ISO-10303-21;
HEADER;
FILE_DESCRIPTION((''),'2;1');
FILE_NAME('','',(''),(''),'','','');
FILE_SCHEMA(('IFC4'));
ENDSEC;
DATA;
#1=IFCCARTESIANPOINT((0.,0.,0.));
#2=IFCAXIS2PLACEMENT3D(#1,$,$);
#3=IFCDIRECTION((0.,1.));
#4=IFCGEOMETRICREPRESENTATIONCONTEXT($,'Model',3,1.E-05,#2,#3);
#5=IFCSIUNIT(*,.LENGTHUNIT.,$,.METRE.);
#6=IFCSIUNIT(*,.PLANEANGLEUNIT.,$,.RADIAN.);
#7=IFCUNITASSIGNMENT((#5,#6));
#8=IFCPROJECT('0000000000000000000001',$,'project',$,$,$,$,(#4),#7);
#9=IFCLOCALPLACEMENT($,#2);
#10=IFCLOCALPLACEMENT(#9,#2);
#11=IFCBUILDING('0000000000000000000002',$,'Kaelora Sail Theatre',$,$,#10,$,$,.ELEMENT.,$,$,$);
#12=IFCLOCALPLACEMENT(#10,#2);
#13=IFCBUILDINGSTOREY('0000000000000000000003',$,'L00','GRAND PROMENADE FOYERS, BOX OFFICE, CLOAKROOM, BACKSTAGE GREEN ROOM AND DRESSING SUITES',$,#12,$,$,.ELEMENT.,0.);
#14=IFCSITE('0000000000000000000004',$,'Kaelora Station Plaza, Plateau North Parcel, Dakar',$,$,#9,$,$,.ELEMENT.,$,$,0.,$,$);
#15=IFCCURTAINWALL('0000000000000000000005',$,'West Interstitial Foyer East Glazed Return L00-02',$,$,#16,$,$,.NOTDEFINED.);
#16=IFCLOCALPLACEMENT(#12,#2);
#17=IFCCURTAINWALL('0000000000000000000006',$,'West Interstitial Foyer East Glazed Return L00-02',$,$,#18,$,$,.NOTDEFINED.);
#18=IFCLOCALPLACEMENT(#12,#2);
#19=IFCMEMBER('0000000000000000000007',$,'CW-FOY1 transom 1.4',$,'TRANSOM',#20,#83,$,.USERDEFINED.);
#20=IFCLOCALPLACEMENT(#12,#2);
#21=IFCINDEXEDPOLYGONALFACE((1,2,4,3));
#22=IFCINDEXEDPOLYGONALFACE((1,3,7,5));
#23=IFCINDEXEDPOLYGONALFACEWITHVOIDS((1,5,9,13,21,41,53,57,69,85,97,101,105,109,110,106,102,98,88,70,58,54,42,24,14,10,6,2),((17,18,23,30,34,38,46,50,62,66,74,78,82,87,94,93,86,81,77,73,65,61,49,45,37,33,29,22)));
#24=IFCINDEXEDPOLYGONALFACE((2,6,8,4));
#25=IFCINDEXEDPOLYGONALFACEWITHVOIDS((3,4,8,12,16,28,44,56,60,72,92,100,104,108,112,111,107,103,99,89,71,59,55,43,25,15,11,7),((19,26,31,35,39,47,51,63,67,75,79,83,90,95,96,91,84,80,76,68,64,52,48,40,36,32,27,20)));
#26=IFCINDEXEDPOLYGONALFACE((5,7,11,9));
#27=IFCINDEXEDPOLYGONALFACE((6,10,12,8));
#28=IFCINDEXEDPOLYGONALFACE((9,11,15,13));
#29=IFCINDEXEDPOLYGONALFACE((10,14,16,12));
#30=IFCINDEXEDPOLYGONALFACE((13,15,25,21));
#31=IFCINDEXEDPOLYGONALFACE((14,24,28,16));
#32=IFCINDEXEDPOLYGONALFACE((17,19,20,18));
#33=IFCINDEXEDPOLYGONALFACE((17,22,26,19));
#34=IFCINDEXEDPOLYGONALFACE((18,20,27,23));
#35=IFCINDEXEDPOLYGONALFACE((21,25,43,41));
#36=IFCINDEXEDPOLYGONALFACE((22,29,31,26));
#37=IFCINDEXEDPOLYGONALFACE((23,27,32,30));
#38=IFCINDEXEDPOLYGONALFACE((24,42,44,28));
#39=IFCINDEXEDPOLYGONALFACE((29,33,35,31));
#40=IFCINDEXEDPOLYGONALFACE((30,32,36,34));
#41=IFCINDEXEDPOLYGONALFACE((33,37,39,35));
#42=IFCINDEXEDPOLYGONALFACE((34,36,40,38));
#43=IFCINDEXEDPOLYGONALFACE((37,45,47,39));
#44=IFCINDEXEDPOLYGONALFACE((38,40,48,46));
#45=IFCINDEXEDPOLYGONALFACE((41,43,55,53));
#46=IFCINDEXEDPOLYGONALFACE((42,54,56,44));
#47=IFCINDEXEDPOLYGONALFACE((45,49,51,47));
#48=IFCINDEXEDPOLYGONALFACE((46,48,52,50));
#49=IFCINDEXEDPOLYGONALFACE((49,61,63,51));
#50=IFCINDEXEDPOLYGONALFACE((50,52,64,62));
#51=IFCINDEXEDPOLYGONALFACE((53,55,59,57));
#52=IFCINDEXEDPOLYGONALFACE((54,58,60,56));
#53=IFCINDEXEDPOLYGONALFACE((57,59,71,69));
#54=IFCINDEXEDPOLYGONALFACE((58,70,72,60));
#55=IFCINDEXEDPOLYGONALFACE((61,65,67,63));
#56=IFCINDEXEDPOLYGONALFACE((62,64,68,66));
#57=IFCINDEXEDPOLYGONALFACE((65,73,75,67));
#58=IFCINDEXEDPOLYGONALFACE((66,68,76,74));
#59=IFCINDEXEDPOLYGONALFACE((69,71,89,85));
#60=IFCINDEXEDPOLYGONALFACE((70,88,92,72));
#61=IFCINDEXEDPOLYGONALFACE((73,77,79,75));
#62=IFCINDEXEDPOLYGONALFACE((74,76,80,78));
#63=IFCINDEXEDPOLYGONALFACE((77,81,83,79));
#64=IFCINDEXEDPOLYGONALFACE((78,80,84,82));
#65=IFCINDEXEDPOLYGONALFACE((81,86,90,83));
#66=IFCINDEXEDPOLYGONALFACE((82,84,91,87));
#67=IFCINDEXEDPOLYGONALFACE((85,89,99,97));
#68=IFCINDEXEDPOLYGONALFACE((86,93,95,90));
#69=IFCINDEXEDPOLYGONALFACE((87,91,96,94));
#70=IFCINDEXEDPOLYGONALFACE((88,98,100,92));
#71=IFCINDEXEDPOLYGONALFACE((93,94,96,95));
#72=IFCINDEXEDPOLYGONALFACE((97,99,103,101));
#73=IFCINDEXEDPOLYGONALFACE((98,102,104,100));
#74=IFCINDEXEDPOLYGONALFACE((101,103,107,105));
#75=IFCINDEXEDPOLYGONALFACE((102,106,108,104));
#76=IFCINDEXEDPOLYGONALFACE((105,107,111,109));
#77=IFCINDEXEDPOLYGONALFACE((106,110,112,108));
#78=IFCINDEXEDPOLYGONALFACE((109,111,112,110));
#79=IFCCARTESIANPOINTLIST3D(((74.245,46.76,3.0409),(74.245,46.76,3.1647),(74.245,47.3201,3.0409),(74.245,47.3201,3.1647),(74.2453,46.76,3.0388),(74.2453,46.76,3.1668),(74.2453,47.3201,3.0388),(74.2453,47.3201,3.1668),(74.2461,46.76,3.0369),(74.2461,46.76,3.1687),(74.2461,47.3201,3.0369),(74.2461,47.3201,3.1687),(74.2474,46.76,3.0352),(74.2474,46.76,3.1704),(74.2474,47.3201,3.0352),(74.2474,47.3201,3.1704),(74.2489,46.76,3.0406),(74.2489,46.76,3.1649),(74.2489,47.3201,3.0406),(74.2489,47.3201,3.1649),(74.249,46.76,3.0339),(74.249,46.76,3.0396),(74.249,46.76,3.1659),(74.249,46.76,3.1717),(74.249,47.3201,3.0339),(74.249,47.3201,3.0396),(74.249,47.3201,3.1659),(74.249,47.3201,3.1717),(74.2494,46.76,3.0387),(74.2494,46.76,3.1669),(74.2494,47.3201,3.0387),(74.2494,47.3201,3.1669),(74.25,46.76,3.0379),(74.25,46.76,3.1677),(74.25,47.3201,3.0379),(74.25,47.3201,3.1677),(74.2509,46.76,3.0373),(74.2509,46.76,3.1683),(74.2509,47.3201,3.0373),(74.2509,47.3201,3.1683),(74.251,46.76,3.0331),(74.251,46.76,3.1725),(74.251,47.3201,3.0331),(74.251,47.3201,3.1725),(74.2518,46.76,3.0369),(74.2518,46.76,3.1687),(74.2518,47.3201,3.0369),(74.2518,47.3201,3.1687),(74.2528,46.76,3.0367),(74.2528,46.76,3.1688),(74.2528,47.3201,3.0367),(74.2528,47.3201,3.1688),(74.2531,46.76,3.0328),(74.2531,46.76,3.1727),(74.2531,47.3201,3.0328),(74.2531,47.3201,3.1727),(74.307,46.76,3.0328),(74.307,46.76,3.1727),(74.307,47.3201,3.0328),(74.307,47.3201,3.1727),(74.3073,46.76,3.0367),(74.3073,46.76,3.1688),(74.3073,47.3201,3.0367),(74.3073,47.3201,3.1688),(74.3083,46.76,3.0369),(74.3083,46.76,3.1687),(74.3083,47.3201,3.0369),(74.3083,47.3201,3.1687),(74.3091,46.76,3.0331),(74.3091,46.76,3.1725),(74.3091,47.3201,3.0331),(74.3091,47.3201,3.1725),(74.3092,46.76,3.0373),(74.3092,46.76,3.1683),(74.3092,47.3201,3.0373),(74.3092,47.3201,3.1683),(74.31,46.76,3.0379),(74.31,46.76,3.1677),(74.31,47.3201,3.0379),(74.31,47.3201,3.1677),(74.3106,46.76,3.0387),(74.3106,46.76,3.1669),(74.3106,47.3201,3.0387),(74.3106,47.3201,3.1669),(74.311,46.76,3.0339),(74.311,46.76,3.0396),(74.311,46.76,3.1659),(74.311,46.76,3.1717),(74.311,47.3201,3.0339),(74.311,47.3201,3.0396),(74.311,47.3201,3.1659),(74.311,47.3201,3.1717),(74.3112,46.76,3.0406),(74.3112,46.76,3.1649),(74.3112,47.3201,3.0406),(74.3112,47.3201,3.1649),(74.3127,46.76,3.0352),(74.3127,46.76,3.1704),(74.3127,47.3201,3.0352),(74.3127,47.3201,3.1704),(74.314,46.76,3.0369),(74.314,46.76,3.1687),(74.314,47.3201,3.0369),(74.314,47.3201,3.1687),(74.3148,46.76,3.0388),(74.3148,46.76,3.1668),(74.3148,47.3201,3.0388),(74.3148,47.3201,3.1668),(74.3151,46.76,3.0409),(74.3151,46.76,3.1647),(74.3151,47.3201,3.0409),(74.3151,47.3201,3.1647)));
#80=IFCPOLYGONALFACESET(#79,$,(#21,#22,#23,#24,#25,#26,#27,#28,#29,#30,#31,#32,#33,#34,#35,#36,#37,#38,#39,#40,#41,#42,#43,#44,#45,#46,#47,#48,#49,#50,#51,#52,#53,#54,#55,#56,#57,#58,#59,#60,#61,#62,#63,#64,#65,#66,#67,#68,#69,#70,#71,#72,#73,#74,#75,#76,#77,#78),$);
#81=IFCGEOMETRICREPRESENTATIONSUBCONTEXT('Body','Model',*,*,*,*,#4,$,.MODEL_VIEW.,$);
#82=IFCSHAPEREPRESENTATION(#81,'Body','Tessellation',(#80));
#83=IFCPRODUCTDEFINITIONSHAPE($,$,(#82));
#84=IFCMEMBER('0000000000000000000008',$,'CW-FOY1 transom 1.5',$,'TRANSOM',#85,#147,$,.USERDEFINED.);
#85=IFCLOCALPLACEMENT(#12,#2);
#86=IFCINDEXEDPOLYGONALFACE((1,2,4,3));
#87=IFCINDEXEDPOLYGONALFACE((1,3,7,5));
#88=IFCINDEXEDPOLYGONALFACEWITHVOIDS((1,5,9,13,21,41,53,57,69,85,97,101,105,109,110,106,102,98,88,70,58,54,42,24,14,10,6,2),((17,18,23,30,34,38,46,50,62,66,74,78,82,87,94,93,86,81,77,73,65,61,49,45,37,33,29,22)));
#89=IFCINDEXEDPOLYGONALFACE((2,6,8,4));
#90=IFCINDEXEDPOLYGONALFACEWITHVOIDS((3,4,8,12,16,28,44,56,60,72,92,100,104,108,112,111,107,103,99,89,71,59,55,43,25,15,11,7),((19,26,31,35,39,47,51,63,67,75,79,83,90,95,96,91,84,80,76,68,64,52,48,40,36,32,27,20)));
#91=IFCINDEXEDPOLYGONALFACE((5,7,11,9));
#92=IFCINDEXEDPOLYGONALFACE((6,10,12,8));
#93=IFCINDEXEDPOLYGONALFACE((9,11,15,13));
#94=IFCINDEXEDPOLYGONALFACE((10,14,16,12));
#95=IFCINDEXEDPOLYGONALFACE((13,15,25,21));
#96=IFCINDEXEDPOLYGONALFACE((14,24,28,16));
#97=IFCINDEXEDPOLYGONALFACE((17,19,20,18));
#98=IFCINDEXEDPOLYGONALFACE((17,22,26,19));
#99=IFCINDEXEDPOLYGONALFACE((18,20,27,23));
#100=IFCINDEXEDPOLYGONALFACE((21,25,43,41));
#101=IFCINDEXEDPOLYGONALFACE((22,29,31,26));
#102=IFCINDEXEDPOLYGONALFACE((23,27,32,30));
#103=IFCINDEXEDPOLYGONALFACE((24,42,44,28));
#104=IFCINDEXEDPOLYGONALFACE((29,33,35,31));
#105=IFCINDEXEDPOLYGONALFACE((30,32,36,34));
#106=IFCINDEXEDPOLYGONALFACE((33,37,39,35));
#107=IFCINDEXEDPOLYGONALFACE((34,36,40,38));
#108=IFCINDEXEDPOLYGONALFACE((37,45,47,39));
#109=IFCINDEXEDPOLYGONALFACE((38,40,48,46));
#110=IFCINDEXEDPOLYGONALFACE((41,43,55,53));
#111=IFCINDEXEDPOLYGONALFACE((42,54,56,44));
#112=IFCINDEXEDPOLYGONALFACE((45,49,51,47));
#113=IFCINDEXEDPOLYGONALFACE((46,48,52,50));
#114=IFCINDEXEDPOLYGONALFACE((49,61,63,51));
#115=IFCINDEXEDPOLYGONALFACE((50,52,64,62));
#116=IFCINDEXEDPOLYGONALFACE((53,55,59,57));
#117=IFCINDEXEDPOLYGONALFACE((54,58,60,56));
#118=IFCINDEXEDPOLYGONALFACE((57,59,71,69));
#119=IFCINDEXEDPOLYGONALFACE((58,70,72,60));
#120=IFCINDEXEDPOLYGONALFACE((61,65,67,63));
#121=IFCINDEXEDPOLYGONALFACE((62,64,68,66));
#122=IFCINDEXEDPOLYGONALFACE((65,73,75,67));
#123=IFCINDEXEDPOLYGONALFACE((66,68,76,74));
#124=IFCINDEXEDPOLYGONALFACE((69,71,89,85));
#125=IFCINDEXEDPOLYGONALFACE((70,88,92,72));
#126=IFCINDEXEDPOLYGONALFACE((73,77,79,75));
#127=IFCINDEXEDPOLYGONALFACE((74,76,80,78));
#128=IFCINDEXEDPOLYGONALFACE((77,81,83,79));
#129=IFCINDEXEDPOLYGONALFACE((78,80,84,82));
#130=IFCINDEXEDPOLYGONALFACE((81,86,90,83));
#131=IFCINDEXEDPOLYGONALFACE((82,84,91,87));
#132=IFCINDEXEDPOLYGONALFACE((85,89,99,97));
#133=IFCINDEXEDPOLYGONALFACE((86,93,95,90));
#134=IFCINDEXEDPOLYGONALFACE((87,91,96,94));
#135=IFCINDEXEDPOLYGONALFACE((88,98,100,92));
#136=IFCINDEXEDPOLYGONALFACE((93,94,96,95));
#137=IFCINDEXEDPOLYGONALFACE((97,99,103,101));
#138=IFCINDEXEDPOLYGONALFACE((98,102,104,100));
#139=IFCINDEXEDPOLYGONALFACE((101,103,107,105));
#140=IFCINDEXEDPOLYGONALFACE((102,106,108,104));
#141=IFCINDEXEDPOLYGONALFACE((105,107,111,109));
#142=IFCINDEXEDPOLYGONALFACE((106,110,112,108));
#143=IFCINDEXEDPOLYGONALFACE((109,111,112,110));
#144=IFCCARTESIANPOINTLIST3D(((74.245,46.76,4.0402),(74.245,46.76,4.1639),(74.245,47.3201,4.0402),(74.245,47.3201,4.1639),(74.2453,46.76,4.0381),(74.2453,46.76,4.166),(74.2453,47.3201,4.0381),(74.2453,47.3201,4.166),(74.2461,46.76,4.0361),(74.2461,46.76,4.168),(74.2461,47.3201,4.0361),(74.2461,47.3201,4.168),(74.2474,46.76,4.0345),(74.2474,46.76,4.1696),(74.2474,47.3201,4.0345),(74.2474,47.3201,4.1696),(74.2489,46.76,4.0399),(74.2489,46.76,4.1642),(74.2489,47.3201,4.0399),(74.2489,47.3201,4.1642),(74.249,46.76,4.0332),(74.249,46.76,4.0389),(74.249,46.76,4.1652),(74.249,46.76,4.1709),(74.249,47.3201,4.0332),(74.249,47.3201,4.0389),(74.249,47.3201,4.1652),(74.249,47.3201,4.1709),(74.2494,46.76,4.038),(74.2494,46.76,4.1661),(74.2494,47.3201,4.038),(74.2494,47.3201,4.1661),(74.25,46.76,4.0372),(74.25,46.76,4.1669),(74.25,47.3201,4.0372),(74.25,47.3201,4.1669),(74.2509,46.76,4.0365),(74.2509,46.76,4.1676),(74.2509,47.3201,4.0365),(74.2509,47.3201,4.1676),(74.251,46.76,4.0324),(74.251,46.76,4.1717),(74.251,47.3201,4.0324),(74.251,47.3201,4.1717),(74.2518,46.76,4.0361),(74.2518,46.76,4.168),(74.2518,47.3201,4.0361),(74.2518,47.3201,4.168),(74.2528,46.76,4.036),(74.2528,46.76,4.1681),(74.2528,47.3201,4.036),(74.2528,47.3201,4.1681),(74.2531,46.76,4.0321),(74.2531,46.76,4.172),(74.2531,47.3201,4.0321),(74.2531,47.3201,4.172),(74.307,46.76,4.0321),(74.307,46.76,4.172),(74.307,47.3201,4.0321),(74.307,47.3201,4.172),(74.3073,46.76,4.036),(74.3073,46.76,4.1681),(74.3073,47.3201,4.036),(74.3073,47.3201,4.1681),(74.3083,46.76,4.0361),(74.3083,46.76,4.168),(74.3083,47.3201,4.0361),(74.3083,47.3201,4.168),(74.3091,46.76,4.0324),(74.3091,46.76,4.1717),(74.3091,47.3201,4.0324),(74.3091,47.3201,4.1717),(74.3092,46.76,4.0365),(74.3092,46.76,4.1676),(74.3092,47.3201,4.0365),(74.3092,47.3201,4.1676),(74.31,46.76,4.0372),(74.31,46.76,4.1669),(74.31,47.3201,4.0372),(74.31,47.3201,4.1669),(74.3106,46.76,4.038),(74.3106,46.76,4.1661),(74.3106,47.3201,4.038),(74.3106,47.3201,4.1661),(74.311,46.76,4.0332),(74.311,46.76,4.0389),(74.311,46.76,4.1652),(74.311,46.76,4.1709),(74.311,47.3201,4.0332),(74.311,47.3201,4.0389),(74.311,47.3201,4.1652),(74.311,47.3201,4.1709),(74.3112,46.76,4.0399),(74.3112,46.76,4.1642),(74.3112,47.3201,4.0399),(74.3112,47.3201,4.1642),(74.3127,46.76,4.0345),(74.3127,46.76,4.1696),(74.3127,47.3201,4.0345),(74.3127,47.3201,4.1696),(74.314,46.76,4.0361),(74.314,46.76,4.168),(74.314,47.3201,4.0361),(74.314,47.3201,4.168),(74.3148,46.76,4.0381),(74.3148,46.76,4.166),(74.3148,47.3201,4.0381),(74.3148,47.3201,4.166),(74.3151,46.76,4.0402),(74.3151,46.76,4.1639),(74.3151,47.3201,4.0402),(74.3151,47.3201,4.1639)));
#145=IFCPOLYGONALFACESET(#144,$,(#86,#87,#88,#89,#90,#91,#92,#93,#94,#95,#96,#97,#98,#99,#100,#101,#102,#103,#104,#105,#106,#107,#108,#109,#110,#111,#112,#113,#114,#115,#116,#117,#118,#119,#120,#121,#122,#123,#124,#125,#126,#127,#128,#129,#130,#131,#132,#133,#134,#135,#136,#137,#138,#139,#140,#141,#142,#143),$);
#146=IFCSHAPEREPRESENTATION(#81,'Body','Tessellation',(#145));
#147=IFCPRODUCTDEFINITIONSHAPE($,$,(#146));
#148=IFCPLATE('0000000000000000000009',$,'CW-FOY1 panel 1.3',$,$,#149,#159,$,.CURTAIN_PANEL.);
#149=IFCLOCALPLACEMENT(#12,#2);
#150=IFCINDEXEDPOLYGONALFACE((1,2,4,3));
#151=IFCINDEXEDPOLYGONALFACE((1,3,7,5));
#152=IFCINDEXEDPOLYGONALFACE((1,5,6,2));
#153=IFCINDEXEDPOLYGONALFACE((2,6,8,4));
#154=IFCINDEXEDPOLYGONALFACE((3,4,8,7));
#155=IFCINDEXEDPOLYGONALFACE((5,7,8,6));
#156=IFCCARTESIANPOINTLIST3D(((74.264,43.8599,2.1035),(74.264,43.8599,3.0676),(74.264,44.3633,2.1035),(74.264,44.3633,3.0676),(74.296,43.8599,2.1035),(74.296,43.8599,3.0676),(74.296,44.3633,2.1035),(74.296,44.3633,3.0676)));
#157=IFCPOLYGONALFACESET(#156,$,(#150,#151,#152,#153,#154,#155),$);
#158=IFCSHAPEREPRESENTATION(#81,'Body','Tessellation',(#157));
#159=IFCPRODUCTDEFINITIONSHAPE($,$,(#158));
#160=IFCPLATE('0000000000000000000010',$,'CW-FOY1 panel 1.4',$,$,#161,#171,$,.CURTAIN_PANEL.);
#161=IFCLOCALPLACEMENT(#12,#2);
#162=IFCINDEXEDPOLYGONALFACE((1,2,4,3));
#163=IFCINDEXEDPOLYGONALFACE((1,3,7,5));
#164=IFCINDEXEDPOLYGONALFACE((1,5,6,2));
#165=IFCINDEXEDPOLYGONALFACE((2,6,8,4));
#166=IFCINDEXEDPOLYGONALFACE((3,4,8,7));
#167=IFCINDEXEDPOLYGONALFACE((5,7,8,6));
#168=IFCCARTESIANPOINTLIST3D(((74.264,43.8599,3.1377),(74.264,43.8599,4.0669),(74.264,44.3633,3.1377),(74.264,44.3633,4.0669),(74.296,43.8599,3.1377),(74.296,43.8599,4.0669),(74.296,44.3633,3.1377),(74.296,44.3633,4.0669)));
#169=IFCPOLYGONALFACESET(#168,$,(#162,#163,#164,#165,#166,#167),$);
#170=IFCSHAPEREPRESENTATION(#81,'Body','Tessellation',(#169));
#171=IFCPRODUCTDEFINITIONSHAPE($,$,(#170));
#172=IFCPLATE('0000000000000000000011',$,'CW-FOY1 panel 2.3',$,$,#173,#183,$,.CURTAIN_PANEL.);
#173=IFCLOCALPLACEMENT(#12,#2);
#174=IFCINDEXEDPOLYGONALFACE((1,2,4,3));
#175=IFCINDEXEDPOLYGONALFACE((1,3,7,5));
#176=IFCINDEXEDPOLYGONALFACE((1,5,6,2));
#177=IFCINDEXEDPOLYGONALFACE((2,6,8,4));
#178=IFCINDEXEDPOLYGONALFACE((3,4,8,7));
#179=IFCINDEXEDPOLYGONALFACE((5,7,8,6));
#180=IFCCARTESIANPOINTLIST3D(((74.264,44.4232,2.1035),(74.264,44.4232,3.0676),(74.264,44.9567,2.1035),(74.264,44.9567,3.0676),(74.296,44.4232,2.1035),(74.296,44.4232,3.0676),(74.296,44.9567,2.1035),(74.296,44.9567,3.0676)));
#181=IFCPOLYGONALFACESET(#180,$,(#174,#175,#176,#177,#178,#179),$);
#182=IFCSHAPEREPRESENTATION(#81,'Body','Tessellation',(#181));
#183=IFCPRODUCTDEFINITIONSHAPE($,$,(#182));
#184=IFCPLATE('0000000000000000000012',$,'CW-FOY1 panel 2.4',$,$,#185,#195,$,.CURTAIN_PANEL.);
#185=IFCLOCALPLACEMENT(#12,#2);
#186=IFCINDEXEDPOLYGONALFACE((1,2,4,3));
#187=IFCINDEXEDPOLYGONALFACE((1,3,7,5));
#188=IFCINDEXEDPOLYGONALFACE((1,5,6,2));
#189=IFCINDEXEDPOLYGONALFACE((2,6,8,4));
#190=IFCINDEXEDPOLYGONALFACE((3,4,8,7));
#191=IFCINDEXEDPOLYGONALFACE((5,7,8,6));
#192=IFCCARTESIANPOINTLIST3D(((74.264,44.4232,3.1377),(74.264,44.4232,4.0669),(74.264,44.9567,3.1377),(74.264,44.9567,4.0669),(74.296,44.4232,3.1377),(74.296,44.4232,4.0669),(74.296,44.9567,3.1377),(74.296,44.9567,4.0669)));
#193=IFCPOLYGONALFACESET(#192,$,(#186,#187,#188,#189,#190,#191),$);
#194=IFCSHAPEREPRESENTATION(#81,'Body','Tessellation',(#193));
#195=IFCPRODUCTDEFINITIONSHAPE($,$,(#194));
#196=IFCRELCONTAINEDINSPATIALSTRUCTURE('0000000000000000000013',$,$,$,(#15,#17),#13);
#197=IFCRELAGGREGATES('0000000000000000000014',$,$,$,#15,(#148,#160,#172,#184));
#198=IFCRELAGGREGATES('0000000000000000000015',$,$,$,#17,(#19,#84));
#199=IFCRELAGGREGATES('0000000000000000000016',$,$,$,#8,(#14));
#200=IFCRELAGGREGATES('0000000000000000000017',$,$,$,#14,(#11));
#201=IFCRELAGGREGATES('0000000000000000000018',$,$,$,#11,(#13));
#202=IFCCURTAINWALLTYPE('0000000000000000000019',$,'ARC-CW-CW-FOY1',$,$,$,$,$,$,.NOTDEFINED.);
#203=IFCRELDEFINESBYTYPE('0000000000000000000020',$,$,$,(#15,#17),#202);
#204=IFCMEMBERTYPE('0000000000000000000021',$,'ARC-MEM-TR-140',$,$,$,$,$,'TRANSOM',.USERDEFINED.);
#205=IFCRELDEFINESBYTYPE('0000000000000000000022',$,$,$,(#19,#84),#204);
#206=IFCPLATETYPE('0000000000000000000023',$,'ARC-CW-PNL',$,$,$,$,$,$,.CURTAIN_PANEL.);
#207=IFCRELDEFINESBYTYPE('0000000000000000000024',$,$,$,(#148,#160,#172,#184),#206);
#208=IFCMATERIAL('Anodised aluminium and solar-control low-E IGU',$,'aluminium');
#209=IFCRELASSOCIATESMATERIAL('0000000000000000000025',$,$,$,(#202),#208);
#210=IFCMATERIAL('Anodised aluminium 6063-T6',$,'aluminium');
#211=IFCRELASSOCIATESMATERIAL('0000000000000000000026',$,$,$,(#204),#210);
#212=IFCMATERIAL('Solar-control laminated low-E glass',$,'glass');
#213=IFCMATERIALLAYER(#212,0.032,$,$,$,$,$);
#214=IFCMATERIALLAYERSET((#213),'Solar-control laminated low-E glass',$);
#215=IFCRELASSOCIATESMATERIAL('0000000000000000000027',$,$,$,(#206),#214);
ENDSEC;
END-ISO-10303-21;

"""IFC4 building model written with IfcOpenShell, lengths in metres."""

from ifc_helpers import new_model, si_unit, direction, frame, origin, origin_2d, place, context, subcontext, project, spatial, rectangle, hollow_rectangle, extrude, material, layer, layer_set, material_profile, profile_set, type_object, element, aggregate, save


model = new_model("IFC4")

# Units and contexts
model_context = context("Model", 3, precision=1e-05, world=origin(), true_north=direction((0.0, 1.0)))
body_context = subcontext(model_context, "Body", "Model", "MODEL_VIEW")
ifc_project = project(units=[si_unit("LENGTHUNIT", "METRE"), si_unit("PLANEANGLEUNIT", "RADIAN")], contexts=[model_context])

# Site, building, storey
site_placement = place(None, origin())
site = spatial("IfcSite", under=ifc_project, at=site_placement, Name="Kaelora Station Plaza, Plateau North Parcel, Dakar", CompositionType="ELEMENT", RefElevation=0.0)
building_placement = place(site_placement, origin())
building = spatial("IfcBuilding", under=site, at=building_placement, Name="Kaelora Sail Theatre", CompositionType="ELEMENT")
storey_placement = place(building_placement, origin())
storey = spatial("IfcBuildingStorey", under=building, at=storey_placement, Name="L00", Description="GRAND PROMENADE FOYERS, BOX OFFICE, CLOAKROOM, BACKSTAGE GREEN ROOM AND DRESSING SUITES", CompositionType="ELEMENT", Elevation=0.0)

# Curtain walls, members
ifc_material_1 = material(Name="Anodised aluminium and solar-control low-E IGU", Category="aluminium")
curtain_wall_type = type_object("IfcCurtainWallType", Name="ARC-CW-CW-FOY1", PredefinedType="NOTDEFINED", material=ifc_material_1)
curtain_wall_1_placement = place(storey_placement, origin())
curtain_wall_1 = element("IfcCurtainWall", 1, at=curtain_wall_1_placement, inside=storey, type_object=curtain_wall_type, Name="West Interstitial Foyer East Glazed Return L00-02", PredefinedType="NOTDEFINED")
ifc_material_2 = material(Name="Anodised aluminium 6063-T6", Category="aluminium")
ifc_material_profile = material_profile(ifc_material_2, hollow_rectangle(XDim=0.0701, YDim=0.1399, WallThickness=0.0039, InnerFilletRadius=0.0039, OuterFilletRadius=0.0081, at=origin_2d()), Name="ALU-TRAN 70x140x4")
ifc_profile_set = profile_set([ifc_material_profile], Name="Anodised aluminium 6063-T6")
member_type = type_object("IfcMemberType", Name="ARC-MEM-TR-140", ElementType="TRANSOM", PredefinedType="USERDEFINED", material=ifc_profile_set)
curtain_wall_2_placement = place(storey_placement, origin())
curtain_wall_2 = element("IfcCurtainWall", 2, at=curtain_wall_2_placement, inside=storey, type_object=curtain_wall_type, Name="West Interstitial Foyer East Glazed Return L00-02", PredefinedType="NOTDEFINED")
member_1_placement = place(storey_placement, frame((74.28, 46.76, 3.1028), z_axis=(0.0, 1.0, 0.0), x_axis=(-1.0, 0.0, 0.0)))
member_1 = element("IfcMember", 3, at=member_1_placement, type_object=member_type, Name="CW-FOY1 transom 1.4", ObjectType="TRANSOM", PredefinedType="USERDEFINED", context=body_context, shape_type="SweptSolid", body=[
    extrude(hollow_rectangle(XDim=0.0701, YDim=0.1399, WallThickness=0.0039, InnerFilletRadius=0.0039, OuterFilletRadius=0.0081, at=origin_2d()), origin(), (0.0, 0.0, 1.0), 0.5601),
])
member_2_placement = place(storey_placement, frame((74.28, 46.76, 4.1021), z_axis=(0.0, 1.0, 0.0), x_axis=(-1.0, 0.0, 0.0)))
member_2 = element("IfcMember", 4, at=member_2_placement, type_object=member_type, Name="CW-FOY1 transom 1.5", ObjectType="TRANSOM", PredefinedType="USERDEFINED", context=body_context, shape_type="SweptSolid", body=[
    extrude(hollow_rectangle(XDim=0.0701, YDim=0.1399, WallThickness=0.0039, InnerFilletRadius=0.0039, OuterFilletRadius=0.0081, at=origin_2d()), origin(), (0.0, 0.0, 1.0), 0.5601),
])

# Plates
ifc_material_3 = material(Name="Solar-control laminated low-E glass", Category="glass")
ifc_layer = layer(ifc_material_3, 0.032)
ifc_layer_set = layer_set([ifc_layer], Name="Solar-control laminated low-E glass")
plate_type = type_object("IfcPlateType", Name="ARC-CW-PNL", PredefinedType="CURTAIN_PANEL", material=ifc_layer_set)
plate_1_placement = place(storey_placement, frame((74.28, 44.1116, 2.1035), z_axis=(0.0, 0.0, 1.0), x_axis=(0.0, 1.0, 0.0)))
plate_1 = element("IfcPlate", 5, at=plate_1_placement, type_object=plate_type, Name="CW-FOY1 panel 1.3", PredefinedType="CURTAIN_PANEL", context=body_context, shape_type="SweptSolid", body=[
    extrude(rectangle(XDim=0.5034, YDim=0.032, at=origin_2d()), origin(), (0.0, 0.0, 1.0), 0.9641),
])
plate_2_placement = place(storey_placement, frame((74.28, 44.1116, 3.1377), z_axis=(0.0, 0.0, 1.0), x_axis=(0.0, 1.0, 0.0)))
plate_2 = element("IfcPlate", 6, at=plate_2_placement, type_object=plate_type, Name="CW-FOY1 panel 1.4", PredefinedType="CURTAIN_PANEL", context=body_context, shape_type="SweptSolid", body=[
    extrude(rectangle(XDim=0.5034, YDim=0.032, at=origin_2d()), origin(), (0.0, 0.0, 1.0), 0.9292),
])
plate_3_placement = place(storey_placement, frame((74.28, 44.6899, 2.1035), z_axis=(0.0, 0.0, 1.0), x_axis=(0.0, 1.0, 0.0)))
plate_3 = element("IfcPlate", 7, at=plate_3_placement, type_object=plate_type, Name="CW-FOY1 panel 2.3", PredefinedType="CURTAIN_PANEL", context=body_context, shape_type="SweptSolid", body=[
    extrude(rectangle(XDim=0.5334, YDim=0.032, at=origin_2d()), origin(), (0.0, 0.0, 1.0), 0.9641),
])
plate_4_placement = place(storey_placement, frame((74.28, 44.6899, 3.1377), z_axis=(0.0, 0.0, 1.0), x_axis=(0.0, 1.0, 0.0)))
plate_4 = element("IfcPlate", 8, at=plate_4_placement, type_object=plate_type, Name="CW-FOY1 panel 2.4", PredefinedType="CURTAIN_PANEL", context=body_context, shape_type="SweptSolid", body=[
    extrude(rectangle(XDim=0.5334, YDim=0.032, at=origin_2d()), origin(), (0.0, 0.0, 1.0), 0.9292),
])
aggregate(curtain_wall_1, [plate_1, plate_2, plate_3, plate_4])
aggregate(curtain_wall_2, [member_1, member_2])

save(model, "model.ifc")
